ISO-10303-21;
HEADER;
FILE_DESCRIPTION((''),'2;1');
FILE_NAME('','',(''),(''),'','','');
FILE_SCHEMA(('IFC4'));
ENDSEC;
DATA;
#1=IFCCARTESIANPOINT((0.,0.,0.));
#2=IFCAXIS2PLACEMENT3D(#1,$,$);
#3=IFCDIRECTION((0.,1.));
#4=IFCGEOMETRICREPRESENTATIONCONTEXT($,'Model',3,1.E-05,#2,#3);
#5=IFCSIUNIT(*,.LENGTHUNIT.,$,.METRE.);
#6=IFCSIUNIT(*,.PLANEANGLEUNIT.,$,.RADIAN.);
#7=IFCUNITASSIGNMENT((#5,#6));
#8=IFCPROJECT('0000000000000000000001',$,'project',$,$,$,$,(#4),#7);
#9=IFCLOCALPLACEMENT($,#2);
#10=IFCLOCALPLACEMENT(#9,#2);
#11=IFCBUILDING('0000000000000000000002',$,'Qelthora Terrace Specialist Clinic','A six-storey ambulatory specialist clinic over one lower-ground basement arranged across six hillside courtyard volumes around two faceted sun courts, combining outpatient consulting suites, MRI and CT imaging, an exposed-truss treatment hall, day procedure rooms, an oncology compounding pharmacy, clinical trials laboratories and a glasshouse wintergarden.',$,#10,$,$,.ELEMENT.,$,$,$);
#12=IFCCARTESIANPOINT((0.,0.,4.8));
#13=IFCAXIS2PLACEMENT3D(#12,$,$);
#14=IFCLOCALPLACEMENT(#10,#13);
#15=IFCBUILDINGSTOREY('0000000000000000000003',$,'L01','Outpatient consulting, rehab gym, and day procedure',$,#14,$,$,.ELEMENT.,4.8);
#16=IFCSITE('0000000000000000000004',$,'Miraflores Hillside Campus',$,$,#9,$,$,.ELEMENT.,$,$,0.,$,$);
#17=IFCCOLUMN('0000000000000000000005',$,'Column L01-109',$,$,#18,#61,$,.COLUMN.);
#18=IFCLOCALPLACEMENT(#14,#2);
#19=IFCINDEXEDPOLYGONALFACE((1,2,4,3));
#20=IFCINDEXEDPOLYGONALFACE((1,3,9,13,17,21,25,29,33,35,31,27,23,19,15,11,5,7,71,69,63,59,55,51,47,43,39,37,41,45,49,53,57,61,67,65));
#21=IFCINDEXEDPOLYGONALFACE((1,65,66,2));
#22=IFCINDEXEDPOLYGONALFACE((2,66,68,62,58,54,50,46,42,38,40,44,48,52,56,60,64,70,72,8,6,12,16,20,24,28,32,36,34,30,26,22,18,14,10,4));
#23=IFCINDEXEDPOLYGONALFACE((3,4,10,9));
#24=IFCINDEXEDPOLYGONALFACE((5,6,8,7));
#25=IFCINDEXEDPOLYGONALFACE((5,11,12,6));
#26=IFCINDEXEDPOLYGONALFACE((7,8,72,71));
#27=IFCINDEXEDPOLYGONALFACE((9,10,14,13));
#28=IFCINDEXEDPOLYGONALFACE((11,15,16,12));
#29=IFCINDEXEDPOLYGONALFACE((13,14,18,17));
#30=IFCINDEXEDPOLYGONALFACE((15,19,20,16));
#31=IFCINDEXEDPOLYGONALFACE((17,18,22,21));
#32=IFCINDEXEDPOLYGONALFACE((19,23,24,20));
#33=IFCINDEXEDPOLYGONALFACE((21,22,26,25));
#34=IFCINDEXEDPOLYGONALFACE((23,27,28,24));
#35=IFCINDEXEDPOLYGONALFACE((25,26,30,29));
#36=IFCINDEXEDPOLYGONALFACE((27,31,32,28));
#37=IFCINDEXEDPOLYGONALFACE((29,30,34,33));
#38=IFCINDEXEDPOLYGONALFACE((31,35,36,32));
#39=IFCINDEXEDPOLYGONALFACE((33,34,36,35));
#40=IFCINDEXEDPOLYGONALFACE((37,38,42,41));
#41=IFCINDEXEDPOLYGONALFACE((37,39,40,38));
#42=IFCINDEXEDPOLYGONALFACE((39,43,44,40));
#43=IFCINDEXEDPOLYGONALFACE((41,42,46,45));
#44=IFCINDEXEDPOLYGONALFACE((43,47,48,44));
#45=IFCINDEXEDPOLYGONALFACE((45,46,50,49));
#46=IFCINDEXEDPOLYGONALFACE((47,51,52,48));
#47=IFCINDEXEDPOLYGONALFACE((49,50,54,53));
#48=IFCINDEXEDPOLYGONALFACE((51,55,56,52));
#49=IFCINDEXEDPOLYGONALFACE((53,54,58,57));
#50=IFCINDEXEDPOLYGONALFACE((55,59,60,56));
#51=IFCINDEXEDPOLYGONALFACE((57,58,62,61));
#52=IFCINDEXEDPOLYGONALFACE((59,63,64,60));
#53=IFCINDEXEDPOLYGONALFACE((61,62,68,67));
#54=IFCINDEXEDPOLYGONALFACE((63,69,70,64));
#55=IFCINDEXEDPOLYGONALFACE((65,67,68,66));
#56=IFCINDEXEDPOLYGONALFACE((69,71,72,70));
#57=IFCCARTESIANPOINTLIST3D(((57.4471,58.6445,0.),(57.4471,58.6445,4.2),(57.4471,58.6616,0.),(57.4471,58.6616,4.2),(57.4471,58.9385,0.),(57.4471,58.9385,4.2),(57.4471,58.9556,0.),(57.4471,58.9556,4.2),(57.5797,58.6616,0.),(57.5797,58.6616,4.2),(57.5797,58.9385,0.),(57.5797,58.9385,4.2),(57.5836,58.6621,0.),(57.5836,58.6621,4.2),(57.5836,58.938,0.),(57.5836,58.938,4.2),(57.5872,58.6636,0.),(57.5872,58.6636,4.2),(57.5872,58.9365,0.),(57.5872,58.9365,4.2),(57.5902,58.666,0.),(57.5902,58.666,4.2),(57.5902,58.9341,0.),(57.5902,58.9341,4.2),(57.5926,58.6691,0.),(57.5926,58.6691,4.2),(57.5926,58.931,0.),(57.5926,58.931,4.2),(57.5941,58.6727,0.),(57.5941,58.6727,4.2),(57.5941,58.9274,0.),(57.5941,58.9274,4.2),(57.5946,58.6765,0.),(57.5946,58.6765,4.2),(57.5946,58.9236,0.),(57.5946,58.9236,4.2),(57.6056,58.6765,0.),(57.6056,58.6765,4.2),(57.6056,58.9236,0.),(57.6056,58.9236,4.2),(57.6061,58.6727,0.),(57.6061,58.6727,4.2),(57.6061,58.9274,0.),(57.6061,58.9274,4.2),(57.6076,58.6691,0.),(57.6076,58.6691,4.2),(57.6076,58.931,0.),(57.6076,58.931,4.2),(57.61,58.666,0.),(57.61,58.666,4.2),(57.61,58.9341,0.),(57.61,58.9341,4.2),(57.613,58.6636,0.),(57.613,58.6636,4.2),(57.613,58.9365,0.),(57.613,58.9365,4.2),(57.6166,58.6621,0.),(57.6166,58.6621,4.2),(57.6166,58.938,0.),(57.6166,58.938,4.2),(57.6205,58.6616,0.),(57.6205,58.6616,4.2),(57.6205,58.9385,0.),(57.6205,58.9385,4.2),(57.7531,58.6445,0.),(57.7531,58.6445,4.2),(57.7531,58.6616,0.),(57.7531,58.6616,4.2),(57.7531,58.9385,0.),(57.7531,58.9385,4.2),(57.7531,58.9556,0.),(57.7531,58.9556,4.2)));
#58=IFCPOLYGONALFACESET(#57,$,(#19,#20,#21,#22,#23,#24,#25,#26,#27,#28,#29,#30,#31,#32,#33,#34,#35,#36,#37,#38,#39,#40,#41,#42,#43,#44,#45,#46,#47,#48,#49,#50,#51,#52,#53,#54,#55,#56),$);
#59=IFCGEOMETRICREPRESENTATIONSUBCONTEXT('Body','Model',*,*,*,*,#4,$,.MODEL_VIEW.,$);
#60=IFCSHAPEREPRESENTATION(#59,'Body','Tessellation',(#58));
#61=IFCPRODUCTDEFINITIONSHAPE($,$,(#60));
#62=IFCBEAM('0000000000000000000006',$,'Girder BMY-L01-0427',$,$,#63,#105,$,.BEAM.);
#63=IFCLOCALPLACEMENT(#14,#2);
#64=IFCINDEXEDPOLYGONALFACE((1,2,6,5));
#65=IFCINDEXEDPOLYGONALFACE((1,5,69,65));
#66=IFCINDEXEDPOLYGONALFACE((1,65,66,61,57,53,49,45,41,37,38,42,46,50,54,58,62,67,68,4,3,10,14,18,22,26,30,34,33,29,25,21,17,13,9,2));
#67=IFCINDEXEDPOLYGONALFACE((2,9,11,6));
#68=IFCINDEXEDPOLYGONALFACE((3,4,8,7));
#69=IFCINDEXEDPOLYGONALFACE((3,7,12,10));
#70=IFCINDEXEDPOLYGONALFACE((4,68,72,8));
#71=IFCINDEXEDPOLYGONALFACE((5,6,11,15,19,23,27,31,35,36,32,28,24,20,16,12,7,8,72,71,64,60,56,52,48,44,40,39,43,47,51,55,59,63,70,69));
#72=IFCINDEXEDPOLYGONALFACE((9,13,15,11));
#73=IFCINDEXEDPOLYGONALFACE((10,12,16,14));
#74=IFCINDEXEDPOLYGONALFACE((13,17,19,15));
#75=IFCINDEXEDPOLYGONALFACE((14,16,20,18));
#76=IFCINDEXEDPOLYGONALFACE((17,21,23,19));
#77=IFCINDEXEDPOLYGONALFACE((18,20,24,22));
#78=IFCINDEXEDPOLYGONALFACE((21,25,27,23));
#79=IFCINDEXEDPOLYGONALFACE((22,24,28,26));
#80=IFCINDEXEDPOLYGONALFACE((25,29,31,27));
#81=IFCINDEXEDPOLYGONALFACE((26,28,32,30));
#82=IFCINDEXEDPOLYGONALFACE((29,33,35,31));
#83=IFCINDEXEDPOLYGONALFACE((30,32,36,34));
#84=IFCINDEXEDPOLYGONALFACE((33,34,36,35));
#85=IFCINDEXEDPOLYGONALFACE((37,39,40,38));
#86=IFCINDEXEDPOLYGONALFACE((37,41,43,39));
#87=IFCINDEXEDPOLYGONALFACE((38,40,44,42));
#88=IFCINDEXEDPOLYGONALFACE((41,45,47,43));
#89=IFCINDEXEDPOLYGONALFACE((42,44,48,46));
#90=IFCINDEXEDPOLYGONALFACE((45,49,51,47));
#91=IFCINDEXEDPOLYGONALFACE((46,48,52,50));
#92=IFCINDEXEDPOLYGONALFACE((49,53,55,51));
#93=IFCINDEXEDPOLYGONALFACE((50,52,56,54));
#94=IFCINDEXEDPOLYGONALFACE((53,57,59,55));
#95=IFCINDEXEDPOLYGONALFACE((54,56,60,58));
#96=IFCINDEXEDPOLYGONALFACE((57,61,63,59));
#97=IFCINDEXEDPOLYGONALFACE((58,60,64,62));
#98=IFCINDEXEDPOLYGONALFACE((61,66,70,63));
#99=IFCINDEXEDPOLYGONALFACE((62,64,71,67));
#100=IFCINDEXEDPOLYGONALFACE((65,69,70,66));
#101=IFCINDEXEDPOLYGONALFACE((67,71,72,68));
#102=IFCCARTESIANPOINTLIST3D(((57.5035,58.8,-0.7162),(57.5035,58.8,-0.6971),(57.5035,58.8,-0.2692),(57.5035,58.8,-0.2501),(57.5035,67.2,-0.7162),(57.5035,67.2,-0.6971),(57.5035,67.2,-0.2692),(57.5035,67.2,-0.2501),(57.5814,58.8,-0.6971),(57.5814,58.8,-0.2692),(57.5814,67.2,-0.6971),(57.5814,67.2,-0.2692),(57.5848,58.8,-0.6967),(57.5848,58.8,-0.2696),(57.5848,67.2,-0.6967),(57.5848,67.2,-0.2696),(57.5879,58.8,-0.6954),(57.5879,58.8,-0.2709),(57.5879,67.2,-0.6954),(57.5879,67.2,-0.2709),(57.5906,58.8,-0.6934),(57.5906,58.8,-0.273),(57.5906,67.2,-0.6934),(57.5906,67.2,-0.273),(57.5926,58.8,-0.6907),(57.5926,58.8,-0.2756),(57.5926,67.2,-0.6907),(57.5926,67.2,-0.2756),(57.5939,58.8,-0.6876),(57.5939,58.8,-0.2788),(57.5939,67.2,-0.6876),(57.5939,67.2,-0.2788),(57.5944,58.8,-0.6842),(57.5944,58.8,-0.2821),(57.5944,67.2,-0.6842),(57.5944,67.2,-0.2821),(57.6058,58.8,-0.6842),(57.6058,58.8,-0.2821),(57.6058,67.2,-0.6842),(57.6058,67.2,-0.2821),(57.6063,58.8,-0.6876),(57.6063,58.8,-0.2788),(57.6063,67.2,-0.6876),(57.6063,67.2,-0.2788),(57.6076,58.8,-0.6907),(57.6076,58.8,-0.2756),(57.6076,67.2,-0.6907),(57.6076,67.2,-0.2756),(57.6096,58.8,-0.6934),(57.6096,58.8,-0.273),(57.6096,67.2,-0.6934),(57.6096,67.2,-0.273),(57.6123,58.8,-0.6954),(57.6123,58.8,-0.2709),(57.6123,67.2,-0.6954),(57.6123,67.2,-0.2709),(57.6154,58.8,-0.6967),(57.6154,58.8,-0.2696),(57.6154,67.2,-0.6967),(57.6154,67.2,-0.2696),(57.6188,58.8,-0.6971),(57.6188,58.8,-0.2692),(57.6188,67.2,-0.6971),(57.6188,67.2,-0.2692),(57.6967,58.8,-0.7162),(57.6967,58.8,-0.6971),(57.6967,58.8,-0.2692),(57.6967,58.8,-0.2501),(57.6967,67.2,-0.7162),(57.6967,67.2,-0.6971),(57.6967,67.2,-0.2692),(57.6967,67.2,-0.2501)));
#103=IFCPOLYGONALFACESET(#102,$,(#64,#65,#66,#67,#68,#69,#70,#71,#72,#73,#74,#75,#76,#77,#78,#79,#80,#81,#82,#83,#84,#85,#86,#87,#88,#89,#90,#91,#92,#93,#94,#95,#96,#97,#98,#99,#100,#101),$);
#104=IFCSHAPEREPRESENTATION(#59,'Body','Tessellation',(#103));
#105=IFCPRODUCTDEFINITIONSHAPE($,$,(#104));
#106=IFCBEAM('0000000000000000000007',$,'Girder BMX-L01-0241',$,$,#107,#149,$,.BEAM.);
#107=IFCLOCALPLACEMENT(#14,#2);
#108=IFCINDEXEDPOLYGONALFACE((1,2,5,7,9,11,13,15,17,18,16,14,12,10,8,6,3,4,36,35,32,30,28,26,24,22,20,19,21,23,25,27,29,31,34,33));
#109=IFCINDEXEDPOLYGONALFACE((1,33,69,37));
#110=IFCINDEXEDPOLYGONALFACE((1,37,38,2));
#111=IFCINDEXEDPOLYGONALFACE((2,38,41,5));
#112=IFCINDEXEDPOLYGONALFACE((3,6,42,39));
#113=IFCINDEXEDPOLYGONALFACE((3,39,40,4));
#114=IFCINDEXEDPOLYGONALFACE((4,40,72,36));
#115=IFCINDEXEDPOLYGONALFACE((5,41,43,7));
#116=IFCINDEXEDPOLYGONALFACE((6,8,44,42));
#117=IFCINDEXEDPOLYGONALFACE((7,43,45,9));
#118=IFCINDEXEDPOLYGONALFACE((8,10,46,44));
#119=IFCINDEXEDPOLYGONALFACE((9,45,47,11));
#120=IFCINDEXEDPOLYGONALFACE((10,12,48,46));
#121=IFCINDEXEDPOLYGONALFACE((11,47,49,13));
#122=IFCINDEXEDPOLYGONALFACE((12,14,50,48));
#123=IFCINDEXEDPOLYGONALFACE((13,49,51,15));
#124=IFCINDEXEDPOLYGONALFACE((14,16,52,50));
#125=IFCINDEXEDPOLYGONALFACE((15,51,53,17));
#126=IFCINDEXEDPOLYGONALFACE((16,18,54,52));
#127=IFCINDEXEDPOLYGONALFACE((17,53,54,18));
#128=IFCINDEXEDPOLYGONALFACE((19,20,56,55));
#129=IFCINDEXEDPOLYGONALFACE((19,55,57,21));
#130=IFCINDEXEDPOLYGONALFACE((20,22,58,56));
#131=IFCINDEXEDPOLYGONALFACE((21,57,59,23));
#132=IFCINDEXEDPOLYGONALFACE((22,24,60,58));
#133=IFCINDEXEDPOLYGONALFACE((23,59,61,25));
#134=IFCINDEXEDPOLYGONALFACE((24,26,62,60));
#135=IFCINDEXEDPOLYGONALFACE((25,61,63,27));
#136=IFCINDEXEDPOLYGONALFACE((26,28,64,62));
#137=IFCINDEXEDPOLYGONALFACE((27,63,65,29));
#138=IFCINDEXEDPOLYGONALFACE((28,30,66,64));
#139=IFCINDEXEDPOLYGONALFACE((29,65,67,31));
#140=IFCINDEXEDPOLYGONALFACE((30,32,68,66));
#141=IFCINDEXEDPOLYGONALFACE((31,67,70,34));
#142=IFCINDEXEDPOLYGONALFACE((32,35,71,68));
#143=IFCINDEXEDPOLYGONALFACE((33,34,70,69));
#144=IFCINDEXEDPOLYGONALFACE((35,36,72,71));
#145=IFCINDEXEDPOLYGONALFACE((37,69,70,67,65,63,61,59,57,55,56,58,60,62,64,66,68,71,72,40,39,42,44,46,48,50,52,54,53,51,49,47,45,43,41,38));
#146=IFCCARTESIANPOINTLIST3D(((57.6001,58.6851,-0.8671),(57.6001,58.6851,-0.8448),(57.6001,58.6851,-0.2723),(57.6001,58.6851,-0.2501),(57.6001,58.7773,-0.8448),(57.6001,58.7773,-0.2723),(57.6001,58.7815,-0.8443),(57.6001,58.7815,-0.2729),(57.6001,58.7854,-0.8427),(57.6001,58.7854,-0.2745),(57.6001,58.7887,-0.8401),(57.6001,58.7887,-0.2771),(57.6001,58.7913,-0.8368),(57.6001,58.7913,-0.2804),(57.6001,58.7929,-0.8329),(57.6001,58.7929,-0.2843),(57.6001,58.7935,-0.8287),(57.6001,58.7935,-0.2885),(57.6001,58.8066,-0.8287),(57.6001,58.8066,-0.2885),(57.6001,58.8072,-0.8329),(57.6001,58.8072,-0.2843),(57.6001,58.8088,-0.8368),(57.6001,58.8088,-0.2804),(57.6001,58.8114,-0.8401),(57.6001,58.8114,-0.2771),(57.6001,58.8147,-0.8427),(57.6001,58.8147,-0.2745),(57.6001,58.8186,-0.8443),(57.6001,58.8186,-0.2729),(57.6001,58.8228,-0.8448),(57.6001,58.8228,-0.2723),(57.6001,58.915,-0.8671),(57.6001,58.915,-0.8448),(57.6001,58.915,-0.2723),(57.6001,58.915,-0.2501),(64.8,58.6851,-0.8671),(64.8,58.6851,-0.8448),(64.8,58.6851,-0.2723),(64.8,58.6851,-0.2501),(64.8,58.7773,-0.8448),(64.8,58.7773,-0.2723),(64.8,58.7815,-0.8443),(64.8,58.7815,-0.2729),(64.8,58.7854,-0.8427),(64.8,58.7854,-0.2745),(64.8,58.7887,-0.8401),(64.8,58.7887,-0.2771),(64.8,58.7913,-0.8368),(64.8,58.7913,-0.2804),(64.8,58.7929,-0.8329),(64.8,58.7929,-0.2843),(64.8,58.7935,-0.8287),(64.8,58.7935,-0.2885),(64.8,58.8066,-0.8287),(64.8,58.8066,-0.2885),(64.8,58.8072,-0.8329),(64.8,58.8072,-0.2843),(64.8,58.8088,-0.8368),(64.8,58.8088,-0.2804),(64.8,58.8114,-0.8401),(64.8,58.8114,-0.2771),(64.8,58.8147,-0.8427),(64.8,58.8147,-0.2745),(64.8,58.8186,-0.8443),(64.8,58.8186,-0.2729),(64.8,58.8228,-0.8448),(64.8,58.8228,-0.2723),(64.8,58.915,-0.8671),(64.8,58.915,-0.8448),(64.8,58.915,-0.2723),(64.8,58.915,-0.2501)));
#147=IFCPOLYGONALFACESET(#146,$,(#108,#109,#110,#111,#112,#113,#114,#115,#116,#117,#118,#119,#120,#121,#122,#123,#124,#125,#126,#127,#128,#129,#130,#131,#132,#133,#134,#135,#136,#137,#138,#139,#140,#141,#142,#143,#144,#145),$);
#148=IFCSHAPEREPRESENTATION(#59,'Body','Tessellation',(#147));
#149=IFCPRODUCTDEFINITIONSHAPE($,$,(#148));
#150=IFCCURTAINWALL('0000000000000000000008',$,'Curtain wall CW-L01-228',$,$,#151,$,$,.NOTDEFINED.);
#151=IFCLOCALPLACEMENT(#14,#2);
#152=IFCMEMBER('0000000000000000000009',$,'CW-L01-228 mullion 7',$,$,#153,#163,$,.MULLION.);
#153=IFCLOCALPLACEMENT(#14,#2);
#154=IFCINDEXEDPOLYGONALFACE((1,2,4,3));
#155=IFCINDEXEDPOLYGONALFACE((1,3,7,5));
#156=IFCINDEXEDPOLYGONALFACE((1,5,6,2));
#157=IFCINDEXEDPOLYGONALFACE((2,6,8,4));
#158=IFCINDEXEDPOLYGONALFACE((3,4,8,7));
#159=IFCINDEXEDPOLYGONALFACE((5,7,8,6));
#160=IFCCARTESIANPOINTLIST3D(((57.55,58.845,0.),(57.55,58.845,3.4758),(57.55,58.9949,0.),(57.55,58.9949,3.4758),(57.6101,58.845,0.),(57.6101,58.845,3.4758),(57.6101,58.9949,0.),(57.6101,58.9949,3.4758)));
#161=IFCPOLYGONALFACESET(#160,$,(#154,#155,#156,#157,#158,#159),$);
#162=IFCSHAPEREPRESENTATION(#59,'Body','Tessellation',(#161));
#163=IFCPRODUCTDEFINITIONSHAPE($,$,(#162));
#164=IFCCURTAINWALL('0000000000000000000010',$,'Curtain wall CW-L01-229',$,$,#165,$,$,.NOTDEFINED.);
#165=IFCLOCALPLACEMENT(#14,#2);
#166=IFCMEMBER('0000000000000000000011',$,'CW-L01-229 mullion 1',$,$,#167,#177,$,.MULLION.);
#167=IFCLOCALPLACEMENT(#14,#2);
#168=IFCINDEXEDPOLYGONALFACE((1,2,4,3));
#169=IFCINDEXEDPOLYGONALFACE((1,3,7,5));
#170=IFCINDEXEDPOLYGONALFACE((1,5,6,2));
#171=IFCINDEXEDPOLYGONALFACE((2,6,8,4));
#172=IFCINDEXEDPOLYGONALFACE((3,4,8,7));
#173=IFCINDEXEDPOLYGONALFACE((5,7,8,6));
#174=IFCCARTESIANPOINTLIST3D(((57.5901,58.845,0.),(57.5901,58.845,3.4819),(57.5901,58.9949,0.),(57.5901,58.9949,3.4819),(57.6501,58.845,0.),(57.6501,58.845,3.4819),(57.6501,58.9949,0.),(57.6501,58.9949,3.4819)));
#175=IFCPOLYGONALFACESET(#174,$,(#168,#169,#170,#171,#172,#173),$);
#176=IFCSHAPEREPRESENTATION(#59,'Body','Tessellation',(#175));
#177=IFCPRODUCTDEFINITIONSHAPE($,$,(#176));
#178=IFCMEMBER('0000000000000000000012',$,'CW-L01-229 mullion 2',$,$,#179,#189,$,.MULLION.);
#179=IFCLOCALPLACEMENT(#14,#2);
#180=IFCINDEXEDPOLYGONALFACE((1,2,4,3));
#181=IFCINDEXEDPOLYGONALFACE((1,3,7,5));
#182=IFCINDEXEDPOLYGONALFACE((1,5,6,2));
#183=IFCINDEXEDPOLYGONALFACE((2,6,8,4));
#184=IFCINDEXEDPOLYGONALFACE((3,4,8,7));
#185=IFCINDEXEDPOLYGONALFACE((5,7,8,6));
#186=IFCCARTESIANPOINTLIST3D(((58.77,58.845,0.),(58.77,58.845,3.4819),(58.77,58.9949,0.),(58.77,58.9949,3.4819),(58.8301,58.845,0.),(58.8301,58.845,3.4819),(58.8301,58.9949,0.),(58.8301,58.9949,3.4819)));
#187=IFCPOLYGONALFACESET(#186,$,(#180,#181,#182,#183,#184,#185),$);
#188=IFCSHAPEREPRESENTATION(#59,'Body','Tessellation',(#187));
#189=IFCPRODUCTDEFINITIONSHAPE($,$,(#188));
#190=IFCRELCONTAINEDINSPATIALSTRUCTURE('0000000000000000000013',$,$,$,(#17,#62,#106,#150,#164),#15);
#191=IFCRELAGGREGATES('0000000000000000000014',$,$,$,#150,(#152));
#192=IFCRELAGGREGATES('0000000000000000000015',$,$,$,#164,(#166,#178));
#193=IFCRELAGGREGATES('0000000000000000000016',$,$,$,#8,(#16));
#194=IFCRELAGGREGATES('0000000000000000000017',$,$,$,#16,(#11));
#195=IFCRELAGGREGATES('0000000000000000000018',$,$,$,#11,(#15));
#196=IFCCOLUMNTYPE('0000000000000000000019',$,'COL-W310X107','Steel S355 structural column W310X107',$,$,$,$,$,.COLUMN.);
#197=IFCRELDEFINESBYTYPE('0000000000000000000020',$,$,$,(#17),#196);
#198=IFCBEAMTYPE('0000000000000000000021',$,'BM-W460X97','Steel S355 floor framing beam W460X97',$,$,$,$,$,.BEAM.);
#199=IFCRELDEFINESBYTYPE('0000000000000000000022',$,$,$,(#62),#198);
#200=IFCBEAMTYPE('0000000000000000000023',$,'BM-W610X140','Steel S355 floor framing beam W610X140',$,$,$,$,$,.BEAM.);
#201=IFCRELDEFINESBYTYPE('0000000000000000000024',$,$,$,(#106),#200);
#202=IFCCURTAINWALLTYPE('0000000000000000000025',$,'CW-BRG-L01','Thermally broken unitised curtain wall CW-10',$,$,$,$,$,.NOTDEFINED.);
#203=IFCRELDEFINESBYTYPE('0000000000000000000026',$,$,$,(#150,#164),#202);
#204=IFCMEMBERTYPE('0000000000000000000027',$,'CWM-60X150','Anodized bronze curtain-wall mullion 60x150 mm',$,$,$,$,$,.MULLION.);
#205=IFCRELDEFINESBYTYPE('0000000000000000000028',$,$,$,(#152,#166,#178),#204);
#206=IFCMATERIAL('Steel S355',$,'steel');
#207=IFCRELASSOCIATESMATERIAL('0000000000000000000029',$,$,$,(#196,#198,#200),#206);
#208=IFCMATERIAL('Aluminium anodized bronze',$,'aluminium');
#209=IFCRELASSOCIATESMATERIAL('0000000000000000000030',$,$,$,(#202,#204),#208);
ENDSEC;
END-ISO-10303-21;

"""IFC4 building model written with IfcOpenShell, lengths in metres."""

from ifc_helpers import new_model, si_unit, direction, frame, origin, origin_2d, place, context, subcontext, project, spatial, rectangle, i_section, extrude, material, material_profile, profile_set, type_object, element, aggregate, save


model = new_model("IFC4")

# Units and contexts
model_context = context("Model", 3, precision=1e-05, world=origin(), true_north=direction((0.0, 1.0)))
body_context = subcontext(model_context, "Body", "Model", "MODEL_VIEW")
ifc_project = project(units=[si_unit("LENGTHUNIT", "METRE"), si_unit("PLANEANGLEUNIT", "RADIAN")], contexts=[model_context])

# Site, building, storey
site_placement = place(None, origin())
site = spatial("IfcSite", under=ifc_project, at=site_placement, Name="Miraflores Hillside Campus", CompositionType="ELEMENT", RefElevation=0.0)
building_placement = place(site_placement, origin())
building = spatial("IfcBuilding", under=site, at=building_placement, Name="Qelthora Terrace Specialist Clinic", Description="A six-storey ambulatory specialist clinic over one lower-ground basement arranged across six hillside courtyard volumes around two faceted sun courts, combining outpatient consulting suites, MRI and CT imaging, an exposed-truss treatment hall, day procedure rooms, an oncology compounding pharmacy, clinical trials laboratories and a glasshouse wintergarden.", CompositionType="ELEMENT")
storey_placement = place(building_placement, frame((0.0, 0.0, 4.8)))
storey = spatial("IfcBuildingStorey", under=building, at=storey_placement, Name="L01", Description="Outpatient consulting, rehab gym, and day procedure", CompositionType="ELEMENT", Elevation=4.8)

# Column
ifc_material_1 = material(Name="Steel S355", Category="steel")
ifc_material_profile_1 = material_profile(ifc_material_1, i_section(OverallWidth=0.3059, OverallDepth=0.311, WebThickness=0.011, FlangeThickness=0.0171, FilletRadius=0.0149, at=origin_2d()), Name="W310X107")
ifc_profile_set_1 = profile_set([ifc_material_profile_1], Name="Steel S355")
column_type = type_object("IfcColumnType", Name="COL-W310X107", Description="Steel S355 structural column W310X107", PredefinedType="COLUMN", material=ifc_profile_set_1)
column_placement = place(storey_placement, frame((57.6001, 58.8, 0.0), z_axis=(0.0, 0.0, 1.0), x_axis=(1.0, 0.0, 0.0)))
element("IfcColumn", 1, at=column_placement, inside=storey, type_object=column_type, Name="Column L01-109", PredefinedType="COLUMN", context=body_context, shape_type="SweptSolid", body=[
    extrude(i_section(OverallWidth=0.3059, OverallDepth=0.311, WebThickness=0.011, FlangeThickness=0.0171, FilletRadius=0.0149, at=origin_2d()), origin(), (0.0, 0.0, 1.0), 4.2),
])

# Beams
ifc_material_profile_2 = material_profile(ifc_material_1, i_section(OverallWidth=0.1931, OverallDepth=0.4661, WebThickness=0.0115, FlangeThickness=0.019, FilletRadius=0.0129, at=origin_2d()), Name="W460X97")
ifc_profile_set_2 = profile_set([ifc_material_profile_2], Name="Steel S355")
beam_type_1 = type_object("IfcBeamType", Name="BM-W460X97", Description="Steel S355 floor framing beam W460X97", PredefinedType="BEAM", material=ifc_profile_set_2)
beam_1_placement = place(storey_placement, frame((57.6001, 58.8, -0.4832), z_axis=(0.0, 1.0, 0.0), x_axis=(-1.0, 0.0, 0.0)))
element("IfcBeam", 2, at=beam_1_placement, inside=storey, type_object=beam_type_1, Name="Girder BMY-L01-0427", PredefinedType="BEAM", context=body_context, shape_type="SweptSolid", body=[
    extrude(i_section(OverallWidth=0.1931, OverallDepth=0.4661, WebThickness=0.0115, FlangeThickness=0.019, FilletRadius=0.0129, at=origin_2d()), origin(), (0.0, 0.0, 1.0), 8.3999),
])
ifc_material_profile_3 = material_profile(ifc_material_1, i_section(OverallWidth=0.23, OverallDepth=0.6169, WebThickness=0.0132, FlangeThickness=0.0222, FilletRadius=0.0161, at=origin_2d()), Name="W610X140")
ifc_profile_set_3 = profile_set([ifc_material_profile_3], Name="Steel S355")
beam_type_2 = type_object("IfcBeamType", Name="BM-W610X140", Description="Steel S355 floor framing beam W610X140", PredefinedType="BEAM", material=ifc_profile_set_3)
beam_2_placement = place(storey_placement, frame((57.6001, 58.8, -0.5586), z_axis=(1.0, 0.0, 0.0), x_axis=(0.0, 1.0, 0.0)))
element("IfcBeam", 3, at=beam_2_placement, inside=storey, type_object=beam_type_2, Name="Girder BMX-L01-0241", PredefinedType="BEAM", context=body_context, shape_type="SweptSolid", body=[
    extrude(i_section(OverallWidth=0.23, OverallDepth=0.6169, WebThickness=0.0132, FlangeThickness=0.0222, FilletRadius=0.0161, at=origin_2d()), origin(), (0.0, 0.0, 1.0), 7.2),
])

# Curtain wall, member
ifc_material_2 = material(Name="Aluminium anodized bronze", Category="aluminium")
curtain_wall_type = type_object("IfcCurtainWallType", Name="CW-BRG-L01", Description="Thermally broken unitised curtain wall CW-10", PredefinedType="NOTDEFINED", material=ifc_material_2)
curtain_wall_1_placement = place(storey_placement, origin())
curtain_wall_1 = element("IfcCurtainWall", 4, at=curtain_wall_1_placement, inside=storey, type_object=curtain_wall_type, Name="Curtain wall CW-L01-228", PredefinedType="NOTDEFINED")
ifc_material_profile_4 = material_profile(ifc_material_2, rectangle(XDim=0.0601, YDim=0.1499, at=origin_2d()), Name="CWM60X150")
ifc_profile_set_4 = profile_set([ifc_material_profile_4], Name="Aluminium anodized bronze")
member_type_1 = type_object("IfcMemberType", Name="CWM-60X150", Description="Anodized bronze curtain-wall mullion 60x150 mm", PredefinedType="MULLION", material=ifc_profile_set_4)
member_1_placement = place(storey_placement, frame((57.5801, 58.9199, 0.0), z_axis=(0.0, 0.0, 1.0), x_axis=(1.0, 0.0, 0.0)))
member_1 = element("IfcMember", 5, at=member_1_placement, type_object=member_type_1, Name="CW-L01-228 mullion 7", PredefinedType="MULLION", context=body_context, shape_type="SweptSolid", body=[
    extrude(rectangle(XDim=0.0601, YDim=0.1499, at=origin_2d()), origin(), (0.0, 0.0, 1.0), 3.4758),
])

# Curtain wall, members
curtain_wall_2_placement = place(storey_placement, origin())
curtain_wall_2 = element("IfcCurtainWall", 6, at=curtain_wall_2_placement, inside=storey, type_object=curtain_wall_type, Name="Curtain wall CW-L01-229", PredefinedType="NOTDEFINED")
member_2_placement = place(storey_placement, frame((57.6201, 58.9199, 0.0), z_axis=(0.0, 0.0, 1.0), x_axis=(1.0, 0.0, 0.0)))
member_2 = element("IfcMember", 7, at=member_2_placement, type_object=member_type_1, Name="CW-L01-229 mullion 1", PredefinedType="MULLION", context=body_context, shape_type="SweptSolid", body=[
    extrude(rectangle(XDim=0.0601, YDim=0.1499, at=origin_2d()), origin(), (0.0, 0.0, 1.0), 3.4819),
])
member_3_placement = place(storey_placement, frame((58.8, 58.9199, 0.0), z_axis=(0.0, 0.0, 1.0), x_axis=(1.0, 0.0, 0.0)))
member_3 = element("IfcMember", 8, at=member_3_placement, type_object=member_type_1, Name="CW-L01-229 mullion 2", PredefinedType="MULLION", context=body_context, shape_type="SweptSolid", body=[
    extrude(rectangle(XDim=0.0601, YDim=0.1499, at=origin_2d()), origin(), (0.0, 0.0, 1.0), 3.4819),
])

aggregate(curtain_wall_1, [member_1])
aggregate(curtain_wall_2, [member_2, member_3])

save(model, "model.ifc")
